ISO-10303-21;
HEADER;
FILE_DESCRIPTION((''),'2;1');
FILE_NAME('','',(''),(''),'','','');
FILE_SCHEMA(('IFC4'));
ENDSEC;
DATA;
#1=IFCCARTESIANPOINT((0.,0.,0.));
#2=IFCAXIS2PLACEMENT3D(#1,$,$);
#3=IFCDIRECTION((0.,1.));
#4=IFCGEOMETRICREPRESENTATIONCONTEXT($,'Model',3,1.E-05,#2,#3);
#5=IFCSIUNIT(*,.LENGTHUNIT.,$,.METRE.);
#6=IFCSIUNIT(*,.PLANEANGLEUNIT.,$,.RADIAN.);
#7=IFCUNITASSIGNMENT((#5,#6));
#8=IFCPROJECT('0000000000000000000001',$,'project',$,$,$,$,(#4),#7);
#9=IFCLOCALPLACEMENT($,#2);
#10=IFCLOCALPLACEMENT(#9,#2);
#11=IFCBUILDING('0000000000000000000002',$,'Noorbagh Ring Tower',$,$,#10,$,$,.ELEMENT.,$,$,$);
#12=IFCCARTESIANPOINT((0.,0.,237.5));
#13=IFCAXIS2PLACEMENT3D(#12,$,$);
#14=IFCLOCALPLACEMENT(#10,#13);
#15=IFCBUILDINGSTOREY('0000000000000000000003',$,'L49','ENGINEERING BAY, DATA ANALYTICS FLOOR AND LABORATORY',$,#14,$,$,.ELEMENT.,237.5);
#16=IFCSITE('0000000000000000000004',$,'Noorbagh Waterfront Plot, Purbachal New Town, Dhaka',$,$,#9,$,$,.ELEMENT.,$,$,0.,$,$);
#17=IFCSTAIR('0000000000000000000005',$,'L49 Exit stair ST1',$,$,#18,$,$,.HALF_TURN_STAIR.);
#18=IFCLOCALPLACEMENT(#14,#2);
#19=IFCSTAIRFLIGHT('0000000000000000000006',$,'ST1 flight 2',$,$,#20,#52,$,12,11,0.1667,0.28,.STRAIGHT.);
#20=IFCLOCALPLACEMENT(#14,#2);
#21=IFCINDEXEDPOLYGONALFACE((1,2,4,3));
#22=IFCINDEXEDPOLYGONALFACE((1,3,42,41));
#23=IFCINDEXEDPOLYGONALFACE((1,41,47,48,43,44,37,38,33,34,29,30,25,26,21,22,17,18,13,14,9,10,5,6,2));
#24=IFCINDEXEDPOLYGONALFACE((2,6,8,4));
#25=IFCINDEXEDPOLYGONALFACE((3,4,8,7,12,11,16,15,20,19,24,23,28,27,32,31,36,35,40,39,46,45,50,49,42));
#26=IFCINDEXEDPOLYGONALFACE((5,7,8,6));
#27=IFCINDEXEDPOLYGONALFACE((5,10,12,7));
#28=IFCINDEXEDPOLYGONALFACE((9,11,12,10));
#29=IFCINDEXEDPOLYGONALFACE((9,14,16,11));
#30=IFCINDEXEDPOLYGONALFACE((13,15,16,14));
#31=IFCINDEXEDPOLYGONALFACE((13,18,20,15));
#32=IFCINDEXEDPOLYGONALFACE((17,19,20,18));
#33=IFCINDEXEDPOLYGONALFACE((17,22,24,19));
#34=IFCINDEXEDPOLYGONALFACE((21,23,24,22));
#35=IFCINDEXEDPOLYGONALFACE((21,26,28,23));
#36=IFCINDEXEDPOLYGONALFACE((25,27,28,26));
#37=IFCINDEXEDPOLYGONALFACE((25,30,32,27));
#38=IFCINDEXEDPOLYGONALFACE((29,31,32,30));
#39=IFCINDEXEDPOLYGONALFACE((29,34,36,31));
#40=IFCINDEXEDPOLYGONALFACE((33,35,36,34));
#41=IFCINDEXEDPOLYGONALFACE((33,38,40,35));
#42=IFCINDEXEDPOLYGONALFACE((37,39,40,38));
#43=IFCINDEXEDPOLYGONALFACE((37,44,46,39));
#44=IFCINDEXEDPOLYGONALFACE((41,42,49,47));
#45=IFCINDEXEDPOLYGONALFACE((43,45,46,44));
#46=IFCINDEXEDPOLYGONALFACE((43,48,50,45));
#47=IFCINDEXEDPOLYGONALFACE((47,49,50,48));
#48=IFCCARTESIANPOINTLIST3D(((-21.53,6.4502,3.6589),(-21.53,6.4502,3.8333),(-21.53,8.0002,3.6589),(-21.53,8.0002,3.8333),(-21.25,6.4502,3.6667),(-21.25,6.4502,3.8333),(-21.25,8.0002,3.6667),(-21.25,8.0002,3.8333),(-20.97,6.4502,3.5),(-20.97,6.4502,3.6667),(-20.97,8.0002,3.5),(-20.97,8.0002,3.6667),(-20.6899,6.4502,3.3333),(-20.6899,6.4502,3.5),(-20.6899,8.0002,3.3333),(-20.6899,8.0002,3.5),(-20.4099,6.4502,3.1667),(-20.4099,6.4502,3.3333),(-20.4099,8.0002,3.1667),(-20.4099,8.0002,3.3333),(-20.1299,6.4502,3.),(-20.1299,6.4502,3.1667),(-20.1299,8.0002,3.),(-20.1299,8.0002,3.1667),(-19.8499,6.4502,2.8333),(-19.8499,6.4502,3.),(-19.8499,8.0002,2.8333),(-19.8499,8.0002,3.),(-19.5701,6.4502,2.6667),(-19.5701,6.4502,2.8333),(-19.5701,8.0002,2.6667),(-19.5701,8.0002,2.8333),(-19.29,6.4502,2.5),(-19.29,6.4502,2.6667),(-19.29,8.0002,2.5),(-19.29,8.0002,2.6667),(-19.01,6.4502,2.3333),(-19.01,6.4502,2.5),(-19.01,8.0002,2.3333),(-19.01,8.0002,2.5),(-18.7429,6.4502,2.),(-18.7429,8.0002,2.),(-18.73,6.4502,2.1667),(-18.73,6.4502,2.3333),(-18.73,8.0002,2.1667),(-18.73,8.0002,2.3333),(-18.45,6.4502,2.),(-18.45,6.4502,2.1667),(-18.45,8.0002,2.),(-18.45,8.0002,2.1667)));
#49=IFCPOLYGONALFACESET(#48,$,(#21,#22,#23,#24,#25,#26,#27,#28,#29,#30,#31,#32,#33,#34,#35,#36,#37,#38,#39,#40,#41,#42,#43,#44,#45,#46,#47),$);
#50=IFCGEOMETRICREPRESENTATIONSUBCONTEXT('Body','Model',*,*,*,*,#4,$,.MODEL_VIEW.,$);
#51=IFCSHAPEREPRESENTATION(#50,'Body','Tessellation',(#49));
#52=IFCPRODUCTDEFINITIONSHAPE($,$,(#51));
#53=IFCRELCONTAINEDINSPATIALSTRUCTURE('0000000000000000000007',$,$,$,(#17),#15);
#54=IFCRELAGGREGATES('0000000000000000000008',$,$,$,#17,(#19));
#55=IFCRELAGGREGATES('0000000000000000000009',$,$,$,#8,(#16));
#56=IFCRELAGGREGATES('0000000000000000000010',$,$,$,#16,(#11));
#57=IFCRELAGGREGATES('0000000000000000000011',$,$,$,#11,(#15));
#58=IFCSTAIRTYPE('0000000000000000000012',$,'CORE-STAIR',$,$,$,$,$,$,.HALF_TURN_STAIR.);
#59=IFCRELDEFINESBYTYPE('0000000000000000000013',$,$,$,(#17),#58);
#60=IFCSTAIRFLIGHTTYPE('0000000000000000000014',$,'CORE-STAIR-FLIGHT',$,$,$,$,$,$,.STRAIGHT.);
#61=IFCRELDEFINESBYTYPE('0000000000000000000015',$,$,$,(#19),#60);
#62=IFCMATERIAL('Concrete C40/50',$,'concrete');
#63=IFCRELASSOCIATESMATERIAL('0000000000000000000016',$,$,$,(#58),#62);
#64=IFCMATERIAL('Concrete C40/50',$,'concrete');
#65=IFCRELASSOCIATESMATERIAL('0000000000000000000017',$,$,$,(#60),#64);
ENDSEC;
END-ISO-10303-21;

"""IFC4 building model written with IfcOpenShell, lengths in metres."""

from ifc_helpers import new_model, si_unit, direction, frame, origin, place, context, subcontext, project, spatial, polyline, outline, extrude, material, type_object, element, aggregate, save


model = new_model("IFC4")

# Units and contexts
model_context = context("Model", 3, precision=1e-05, world=origin(), true_north=direction((0.0, 1.0)))
body_context = subcontext(model_context, "Body", "Model", "MODEL_VIEW")
ifc_project = project(units=[si_unit("LENGTHUNIT", "METRE"), si_unit("PLANEANGLEUNIT", "RADIAN")], contexts=[model_context])

# Site, building, storey
site_placement = place(None, origin())
site = spatial("IfcSite", under=ifc_project, at=site_placement, Name="Noorbagh Waterfront Plot, Purbachal New Town, Dhaka", CompositionType="ELEMENT", RefElevation=0.0)
building_placement = place(site_placement, origin())
building = spatial("IfcBuilding", under=site, at=building_placement, Name="Noorbagh Ring Tower", CompositionType="ELEMENT")
storey_placement = place(building_placement, frame((0.0, 0.0, 237.5)))
storey = spatial("IfcBuildingStorey", under=building, at=storey_placement, Name="L49", Description="ENGINEERING BAY, DATA ANALYTICS FLOOR AND LABORATORY", CompositionType="ELEMENT", Elevation=237.5)

# Stair, stair flight
ifc_material_1 = material(Name="Concrete C40/50", Category="concrete")
stair_type = type_object("IfcStairType", Name="CORE-STAIR", PredefinedType="HALF_TURN_STAIR", material=ifc_material_1)
stair_placement = place(storey_placement, origin())
stair = element("IfcStair", 1, at=stair_placement, inside=storey, type_object=stair_type, Name="L49 Exit stair ST1", PredefinedType="HALF_TURN_STAIR")
ifc_material_2 = material(Name="Concrete C40/50", Category="concrete")
stair_flight_type = type_object("IfcStairFlightType", Name="CORE-STAIR-FLIGHT", PredefinedType="STRAIGHT", material=ifc_material_2)
stair_flight_placement = place(storey_placement, frame((-18.45, 7.2251, 2.0), z_axis=(0.0, 0.0, 1.0), x_axis=(-1.0, 0.0, 0.0)))
stair_flight = element("IfcStairFlight", 2, at=stair_flight_placement, type_object=stair_flight_type, Name="ST1 flight 2", NumberOfRisers=12, NumberOfTreads=11, PredefinedType="STRAIGHT", RiserHeight=0.1667, TreadLength=0.28, context=body_context, shape_type="SweptSolid", body=[
    extrude(outline(polyline([(0.0, 0.0), (0.0, 0.1667), (0.28, 0.1667), (0.28, 0.3333), (0.5601, 0.3333), (0.5601, 0.5), (0.8401, 0.5), (0.8401, 0.6667), (1.1201, 0.6667), (1.1201, 0.8333), (1.3999, 0.8333), (1.3999, 1.0), (1.6799, 1.0), (1.6799, 1.1667), (1.96, 1.1667), (1.96, 1.3333), (2.24, 1.3333), (2.24, 1.5), (2.52, 1.5), (2.52, 1.6667), (2.8, 1.6667), (2.8, 1.8333), (3.0801, 1.8333), (3.0801, 2.0), (3.0801, 1.6589), (0.293, 0.0), (0.0, 0.0)])), frame((0.0, 0.7749, 0.0), z_axis=(0.0, -1.0, 0.0), x_axis=(1.0, 0.0, 0.0)), (0.0, 0.0, 1.0), 1.55),
])
aggregate(stair, [stair_flight])

save(model, "model.ifc")
